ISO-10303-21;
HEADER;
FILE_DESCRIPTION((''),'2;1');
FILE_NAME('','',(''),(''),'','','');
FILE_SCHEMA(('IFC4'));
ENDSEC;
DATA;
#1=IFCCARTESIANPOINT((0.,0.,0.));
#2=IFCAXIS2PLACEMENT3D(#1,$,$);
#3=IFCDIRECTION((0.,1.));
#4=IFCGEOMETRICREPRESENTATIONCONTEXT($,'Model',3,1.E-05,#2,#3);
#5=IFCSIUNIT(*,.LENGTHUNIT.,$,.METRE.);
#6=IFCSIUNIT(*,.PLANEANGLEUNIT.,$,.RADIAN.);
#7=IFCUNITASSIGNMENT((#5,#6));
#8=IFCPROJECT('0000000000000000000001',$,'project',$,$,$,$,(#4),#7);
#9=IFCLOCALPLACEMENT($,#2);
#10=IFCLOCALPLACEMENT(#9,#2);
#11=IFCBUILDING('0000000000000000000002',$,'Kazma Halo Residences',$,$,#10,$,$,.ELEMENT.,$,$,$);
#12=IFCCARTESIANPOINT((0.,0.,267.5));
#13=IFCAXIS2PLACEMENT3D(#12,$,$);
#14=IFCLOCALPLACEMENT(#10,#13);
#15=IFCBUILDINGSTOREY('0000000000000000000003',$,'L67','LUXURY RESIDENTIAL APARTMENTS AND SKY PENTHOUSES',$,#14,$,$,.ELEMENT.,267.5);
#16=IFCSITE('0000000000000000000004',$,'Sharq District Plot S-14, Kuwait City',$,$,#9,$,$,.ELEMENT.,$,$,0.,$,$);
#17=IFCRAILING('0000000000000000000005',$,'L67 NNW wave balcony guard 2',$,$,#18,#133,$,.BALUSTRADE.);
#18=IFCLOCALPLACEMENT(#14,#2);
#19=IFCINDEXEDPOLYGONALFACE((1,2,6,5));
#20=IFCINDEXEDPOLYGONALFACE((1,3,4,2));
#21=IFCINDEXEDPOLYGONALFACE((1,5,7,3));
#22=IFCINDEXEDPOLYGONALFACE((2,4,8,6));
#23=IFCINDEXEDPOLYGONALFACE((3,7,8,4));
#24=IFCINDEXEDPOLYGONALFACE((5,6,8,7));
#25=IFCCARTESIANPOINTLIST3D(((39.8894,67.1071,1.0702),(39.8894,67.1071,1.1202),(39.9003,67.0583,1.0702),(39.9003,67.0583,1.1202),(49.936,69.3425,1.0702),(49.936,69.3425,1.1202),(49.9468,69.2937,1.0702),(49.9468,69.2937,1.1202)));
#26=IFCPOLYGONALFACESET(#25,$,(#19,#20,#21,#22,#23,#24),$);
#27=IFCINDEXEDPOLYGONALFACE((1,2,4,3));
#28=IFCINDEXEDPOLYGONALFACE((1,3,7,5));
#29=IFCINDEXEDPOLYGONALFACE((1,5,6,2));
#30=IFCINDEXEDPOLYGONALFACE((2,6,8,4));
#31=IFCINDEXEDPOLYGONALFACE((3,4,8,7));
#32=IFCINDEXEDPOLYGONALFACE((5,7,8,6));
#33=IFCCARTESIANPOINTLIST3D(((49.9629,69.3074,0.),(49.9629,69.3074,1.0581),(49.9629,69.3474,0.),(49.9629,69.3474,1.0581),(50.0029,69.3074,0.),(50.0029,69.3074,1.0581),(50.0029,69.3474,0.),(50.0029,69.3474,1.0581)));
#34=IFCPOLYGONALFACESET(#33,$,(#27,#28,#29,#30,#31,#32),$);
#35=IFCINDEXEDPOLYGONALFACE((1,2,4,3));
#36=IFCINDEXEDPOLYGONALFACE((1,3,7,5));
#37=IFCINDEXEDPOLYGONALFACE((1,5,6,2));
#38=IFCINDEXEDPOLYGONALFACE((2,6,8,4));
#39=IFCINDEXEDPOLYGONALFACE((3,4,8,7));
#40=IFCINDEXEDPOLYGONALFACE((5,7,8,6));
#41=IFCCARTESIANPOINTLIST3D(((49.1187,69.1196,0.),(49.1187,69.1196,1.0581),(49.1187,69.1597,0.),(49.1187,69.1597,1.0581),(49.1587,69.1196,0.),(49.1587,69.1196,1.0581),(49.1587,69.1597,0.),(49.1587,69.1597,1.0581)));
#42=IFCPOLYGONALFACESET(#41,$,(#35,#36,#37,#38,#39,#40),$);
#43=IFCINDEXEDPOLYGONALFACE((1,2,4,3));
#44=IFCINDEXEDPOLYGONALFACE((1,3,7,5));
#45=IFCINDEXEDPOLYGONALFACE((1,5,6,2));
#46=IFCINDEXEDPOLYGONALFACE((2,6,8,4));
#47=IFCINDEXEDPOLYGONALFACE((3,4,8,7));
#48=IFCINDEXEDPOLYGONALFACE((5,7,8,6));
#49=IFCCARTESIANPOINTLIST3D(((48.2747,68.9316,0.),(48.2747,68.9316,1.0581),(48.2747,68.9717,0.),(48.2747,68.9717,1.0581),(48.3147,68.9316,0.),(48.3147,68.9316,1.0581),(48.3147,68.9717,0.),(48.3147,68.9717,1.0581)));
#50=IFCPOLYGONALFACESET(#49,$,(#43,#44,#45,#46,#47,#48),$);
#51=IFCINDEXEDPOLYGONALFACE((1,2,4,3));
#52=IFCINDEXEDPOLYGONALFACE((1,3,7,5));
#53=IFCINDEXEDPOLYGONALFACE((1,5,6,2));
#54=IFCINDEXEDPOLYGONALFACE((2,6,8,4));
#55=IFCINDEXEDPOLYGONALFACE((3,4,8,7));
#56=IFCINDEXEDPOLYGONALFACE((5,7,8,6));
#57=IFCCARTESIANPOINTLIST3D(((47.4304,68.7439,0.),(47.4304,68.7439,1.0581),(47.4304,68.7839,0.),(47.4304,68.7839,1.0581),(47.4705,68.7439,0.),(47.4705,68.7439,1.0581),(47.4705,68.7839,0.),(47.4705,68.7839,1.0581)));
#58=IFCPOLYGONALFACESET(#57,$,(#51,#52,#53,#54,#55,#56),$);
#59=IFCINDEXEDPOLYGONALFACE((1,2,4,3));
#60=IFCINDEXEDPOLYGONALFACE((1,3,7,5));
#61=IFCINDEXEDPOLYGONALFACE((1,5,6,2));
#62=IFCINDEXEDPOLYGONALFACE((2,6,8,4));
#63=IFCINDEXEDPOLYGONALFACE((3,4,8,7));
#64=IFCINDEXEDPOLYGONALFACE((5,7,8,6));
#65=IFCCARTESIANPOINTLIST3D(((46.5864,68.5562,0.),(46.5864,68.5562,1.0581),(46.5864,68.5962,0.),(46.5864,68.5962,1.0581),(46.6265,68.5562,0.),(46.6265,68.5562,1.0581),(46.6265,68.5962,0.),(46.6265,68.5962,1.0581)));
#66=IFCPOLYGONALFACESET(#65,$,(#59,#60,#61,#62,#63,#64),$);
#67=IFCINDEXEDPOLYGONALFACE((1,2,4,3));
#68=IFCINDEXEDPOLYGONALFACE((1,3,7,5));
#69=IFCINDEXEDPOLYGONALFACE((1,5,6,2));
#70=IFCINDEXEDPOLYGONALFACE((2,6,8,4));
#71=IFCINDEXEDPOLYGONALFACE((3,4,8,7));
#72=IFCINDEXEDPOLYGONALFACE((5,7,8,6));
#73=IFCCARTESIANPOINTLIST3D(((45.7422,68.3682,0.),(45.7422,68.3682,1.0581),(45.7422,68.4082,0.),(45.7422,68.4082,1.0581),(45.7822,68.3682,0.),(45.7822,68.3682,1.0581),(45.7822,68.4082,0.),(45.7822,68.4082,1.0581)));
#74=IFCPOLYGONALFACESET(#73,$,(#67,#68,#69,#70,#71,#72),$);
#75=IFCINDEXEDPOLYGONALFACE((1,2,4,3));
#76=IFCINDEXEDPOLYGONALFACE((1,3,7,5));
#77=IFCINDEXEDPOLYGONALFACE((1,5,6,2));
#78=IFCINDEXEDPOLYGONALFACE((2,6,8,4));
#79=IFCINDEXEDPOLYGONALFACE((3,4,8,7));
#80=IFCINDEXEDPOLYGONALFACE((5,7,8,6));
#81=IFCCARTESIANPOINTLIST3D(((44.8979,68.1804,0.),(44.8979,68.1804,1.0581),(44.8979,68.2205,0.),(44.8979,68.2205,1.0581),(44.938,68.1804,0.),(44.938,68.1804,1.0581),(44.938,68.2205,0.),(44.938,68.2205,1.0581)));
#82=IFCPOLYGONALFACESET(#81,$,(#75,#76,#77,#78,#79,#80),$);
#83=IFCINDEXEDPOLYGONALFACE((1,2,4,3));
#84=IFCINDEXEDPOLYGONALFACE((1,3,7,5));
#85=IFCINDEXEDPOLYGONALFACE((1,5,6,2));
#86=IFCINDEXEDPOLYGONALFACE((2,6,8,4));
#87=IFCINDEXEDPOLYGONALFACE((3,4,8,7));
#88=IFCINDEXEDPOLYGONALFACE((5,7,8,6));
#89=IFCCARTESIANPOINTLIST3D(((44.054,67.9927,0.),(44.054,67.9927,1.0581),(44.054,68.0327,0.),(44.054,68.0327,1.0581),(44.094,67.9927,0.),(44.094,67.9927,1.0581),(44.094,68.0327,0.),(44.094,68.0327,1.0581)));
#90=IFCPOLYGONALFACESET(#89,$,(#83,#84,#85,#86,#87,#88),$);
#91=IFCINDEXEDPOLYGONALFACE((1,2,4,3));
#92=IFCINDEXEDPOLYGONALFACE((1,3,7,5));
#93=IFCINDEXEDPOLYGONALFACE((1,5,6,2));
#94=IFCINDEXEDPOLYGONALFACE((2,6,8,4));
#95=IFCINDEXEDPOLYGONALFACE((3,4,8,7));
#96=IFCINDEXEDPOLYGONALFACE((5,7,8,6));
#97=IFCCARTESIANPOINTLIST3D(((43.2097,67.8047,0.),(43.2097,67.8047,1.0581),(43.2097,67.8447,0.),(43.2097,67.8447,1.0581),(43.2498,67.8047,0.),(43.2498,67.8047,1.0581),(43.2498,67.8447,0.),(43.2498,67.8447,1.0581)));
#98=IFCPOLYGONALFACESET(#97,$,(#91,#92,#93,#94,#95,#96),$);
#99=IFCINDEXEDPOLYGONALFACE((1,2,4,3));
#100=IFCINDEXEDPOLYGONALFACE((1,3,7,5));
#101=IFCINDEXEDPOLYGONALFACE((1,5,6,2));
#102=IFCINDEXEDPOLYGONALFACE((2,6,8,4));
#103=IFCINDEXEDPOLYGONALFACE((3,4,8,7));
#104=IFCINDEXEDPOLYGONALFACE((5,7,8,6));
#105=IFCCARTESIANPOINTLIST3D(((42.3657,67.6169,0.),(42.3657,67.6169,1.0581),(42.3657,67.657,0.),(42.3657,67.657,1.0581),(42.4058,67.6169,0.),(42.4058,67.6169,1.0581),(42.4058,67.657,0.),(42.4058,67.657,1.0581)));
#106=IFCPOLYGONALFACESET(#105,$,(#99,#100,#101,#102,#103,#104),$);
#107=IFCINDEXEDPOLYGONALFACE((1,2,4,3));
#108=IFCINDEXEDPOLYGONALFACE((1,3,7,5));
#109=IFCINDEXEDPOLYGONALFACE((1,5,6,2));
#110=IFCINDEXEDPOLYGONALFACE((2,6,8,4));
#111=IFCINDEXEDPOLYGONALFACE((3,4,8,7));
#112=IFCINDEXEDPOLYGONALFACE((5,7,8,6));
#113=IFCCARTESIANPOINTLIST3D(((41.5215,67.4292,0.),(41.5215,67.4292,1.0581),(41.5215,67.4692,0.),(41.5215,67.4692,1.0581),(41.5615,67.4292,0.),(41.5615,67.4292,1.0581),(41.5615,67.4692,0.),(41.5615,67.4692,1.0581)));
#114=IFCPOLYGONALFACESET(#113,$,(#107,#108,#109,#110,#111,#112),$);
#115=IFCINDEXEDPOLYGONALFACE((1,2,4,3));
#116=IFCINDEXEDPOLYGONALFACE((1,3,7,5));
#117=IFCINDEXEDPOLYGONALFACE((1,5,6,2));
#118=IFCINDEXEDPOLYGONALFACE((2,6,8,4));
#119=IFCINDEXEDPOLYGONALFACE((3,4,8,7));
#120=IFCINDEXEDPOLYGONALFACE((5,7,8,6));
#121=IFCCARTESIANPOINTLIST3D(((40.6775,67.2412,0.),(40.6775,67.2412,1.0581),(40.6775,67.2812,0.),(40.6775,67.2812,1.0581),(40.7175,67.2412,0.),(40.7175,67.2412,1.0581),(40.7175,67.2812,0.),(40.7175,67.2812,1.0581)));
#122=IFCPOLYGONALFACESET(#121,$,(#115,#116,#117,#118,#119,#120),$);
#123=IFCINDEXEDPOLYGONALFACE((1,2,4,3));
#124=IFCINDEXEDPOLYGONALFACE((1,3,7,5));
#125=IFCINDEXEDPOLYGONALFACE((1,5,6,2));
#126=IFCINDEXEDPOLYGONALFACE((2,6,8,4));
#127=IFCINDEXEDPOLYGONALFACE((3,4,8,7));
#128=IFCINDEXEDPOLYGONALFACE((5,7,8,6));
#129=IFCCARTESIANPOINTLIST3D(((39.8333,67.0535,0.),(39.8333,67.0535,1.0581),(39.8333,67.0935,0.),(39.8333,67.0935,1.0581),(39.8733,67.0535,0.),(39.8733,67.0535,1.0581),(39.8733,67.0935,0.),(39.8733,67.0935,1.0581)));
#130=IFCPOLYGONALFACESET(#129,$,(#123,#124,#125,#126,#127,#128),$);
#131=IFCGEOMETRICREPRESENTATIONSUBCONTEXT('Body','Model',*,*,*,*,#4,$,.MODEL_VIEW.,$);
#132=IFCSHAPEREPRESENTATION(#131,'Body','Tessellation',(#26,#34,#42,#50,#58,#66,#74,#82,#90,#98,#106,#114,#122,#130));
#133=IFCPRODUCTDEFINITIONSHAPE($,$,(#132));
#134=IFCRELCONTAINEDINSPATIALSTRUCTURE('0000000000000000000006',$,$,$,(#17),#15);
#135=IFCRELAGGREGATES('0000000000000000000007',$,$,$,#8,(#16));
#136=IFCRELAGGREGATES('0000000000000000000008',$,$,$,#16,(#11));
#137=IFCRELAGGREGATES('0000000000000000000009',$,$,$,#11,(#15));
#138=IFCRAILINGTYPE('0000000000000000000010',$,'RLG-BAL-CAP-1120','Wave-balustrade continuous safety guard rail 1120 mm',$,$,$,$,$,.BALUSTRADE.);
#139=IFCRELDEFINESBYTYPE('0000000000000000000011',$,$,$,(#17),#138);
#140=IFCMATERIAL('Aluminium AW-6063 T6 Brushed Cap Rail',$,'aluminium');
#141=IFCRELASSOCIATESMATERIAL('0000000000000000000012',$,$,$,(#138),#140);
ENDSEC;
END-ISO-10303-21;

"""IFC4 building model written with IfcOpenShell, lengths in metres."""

from ifc_helpers import new_model, si_unit, direction, frame, origin, origin_2d, place, context, subcontext, project, spatial, rectangle, extrude, material, type_object, element, save


model = new_model("IFC4")

# Units and contexts
model_context = context("Model", 3, precision=1e-05, world=origin(), true_north=direction((0.0, 1.0)))
body_context = subcontext(model_context, "Body", "Model", "MODEL_VIEW")
ifc_project = project(units=[si_unit("LENGTHUNIT", "METRE"), si_unit("PLANEANGLEUNIT", "RADIAN")], contexts=[model_context])

# Site, building, storey
site_placement = place(None, origin())
site = spatial("IfcSite", under=ifc_project, at=site_placement, Name="Sharq District Plot S-14, Kuwait City", CompositionType="ELEMENT", RefElevation=0.0)
building_placement = place(site_placement, origin())
building = spatial("IfcBuilding", under=site, at=building_placement, Name="Kazma Halo Residences", CompositionType="ELEMENT")
storey_placement = place(building_placement, frame((0.0, 0.0, 267.5)))
storey = spatial("IfcBuildingStorey", under=building, at=storey_placement, Name="L67", Description="LUXURY RESIDENTIAL APARTMENTS AND SKY PENTHOUSES", CompositionType="ELEMENT", Elevation=267.5)

# Railing
ifc_material_1 = material(Name="Aluminium AW-6063 T6 Brushed Cap Rail", Category="aluminium")
railing_type = type_object("IfcRailingType", Name="RLG-BAL-CAP-1120", Description="Wave-balustrade continuous safety guard rail 1120 mm", PredefinedType="BALUSTRADE", material=ifc_material_1)
railing_1_placement = place(storey_placement, frame((49.9829, 69.3274, 0.0)))
element("IfcRailing", 1, at=railing_1_placement, inside=storey, type_object=railing_type, Name="L67 NNW wave balcony guard 2", PredefinedType="BALUSTRADE", context=body_context, shape_type="SweptSolid", body=[
    extrude(rectangle(XDim=0.05, YDim=0.05, at=origin_2d()), frame((-0.0415, -0.0093, 1.0952), z_axis=(-0.976128, -0.217194, 0.0), x_axis=(0.217194, -0.976128, 0.0)), (0.0, 0.0, 1.0), 10.2922),
    extrude(rectangle(XDim=0.04, YDim=0.04, at=origin_2d()), origin(), (0.0, 0.0, 1.0), 1.0581),
    extrude(rectangle(XDim=0.04, YDim=0.04, at=origin_2d()), frame((-0.8442, -0.1877, 0.0)), (0.0, 0.0, 1.0), 1.0581),
    extrude(rectangle(XDim=0.04, YDim=0.04, at=origin_2d()), frame((-1.6882, -0.3757, 0.0)), (0.0, 0.0, 1.0), 1.0581),
    extrude(rectangle(XDim=0.04, YDim=0.04, at=origin_2d()), frame((-2.5325, -0.5635, 0.0)), (0.0, 0.0, 1.0), 1.0581),
    extrude(rectangle(XDim=0.04, YDim=0.04, at=origin_2d()), frame((-3.3765, -0.7512, 0.0)), (0.0, 0.0, 1.0), 1.0581),
    extrude(rectangle(XDim=0.04, YDim=0.04, at=origin_2d()), frame((-4.2207, -0.9392, 0.0)), (0.0, 0.0, 1.0), 1.0581),
    extrude(rectangle(XDim=0.04, YDim=0.04, at=origin_2d()), frame((-5.0649, -1.127, 0.0)), (0.0, 0.0, 1.0), 1.0581),
    extrude(rectangle(XDim=0.04, YDim=0.04, at=origin_2d()), frame((-5.9089, -1.3147, 0.0)), (0.0, 0.0, 1.0), 1.0581),
    extrude(rectangle(XDim=0.04, YDim=0.04, at=origin_2d()), frame((-6.7532, -1.5027, 0.0)), (0.0, 0.0, 1.0), 1.0581),
    extrude(rectangle(XDim=0.04, YDim=0.04, at=origin_2d()), frame((-7.5972, -1.6904, 0.0)), (0.0, 0.0, 1.0), 1.0581),
    extrude(rectangle(XDim=0.04, YDim=0.04, at=origin_2d()), frame((-8.4414, -1.8782, 0.0)), (0.0, 0.0, 1.0), 1.0581),
    extrude(rectangle(XDim=0.04, YDim=0.04, at=origin_2d()), frame((-9.2854, -2.0662, 0.0)), (0.0, 0.0, 1.0), 1.0581),
    extrude(rectangle(XDim=0.04, YDim=0.04, at=origin_2d()), frame((-10.1296, -2.2539, 0.0)), (0.0, 0.0, 1.0), 1.0581),
])

save(model, "model.ifc")
